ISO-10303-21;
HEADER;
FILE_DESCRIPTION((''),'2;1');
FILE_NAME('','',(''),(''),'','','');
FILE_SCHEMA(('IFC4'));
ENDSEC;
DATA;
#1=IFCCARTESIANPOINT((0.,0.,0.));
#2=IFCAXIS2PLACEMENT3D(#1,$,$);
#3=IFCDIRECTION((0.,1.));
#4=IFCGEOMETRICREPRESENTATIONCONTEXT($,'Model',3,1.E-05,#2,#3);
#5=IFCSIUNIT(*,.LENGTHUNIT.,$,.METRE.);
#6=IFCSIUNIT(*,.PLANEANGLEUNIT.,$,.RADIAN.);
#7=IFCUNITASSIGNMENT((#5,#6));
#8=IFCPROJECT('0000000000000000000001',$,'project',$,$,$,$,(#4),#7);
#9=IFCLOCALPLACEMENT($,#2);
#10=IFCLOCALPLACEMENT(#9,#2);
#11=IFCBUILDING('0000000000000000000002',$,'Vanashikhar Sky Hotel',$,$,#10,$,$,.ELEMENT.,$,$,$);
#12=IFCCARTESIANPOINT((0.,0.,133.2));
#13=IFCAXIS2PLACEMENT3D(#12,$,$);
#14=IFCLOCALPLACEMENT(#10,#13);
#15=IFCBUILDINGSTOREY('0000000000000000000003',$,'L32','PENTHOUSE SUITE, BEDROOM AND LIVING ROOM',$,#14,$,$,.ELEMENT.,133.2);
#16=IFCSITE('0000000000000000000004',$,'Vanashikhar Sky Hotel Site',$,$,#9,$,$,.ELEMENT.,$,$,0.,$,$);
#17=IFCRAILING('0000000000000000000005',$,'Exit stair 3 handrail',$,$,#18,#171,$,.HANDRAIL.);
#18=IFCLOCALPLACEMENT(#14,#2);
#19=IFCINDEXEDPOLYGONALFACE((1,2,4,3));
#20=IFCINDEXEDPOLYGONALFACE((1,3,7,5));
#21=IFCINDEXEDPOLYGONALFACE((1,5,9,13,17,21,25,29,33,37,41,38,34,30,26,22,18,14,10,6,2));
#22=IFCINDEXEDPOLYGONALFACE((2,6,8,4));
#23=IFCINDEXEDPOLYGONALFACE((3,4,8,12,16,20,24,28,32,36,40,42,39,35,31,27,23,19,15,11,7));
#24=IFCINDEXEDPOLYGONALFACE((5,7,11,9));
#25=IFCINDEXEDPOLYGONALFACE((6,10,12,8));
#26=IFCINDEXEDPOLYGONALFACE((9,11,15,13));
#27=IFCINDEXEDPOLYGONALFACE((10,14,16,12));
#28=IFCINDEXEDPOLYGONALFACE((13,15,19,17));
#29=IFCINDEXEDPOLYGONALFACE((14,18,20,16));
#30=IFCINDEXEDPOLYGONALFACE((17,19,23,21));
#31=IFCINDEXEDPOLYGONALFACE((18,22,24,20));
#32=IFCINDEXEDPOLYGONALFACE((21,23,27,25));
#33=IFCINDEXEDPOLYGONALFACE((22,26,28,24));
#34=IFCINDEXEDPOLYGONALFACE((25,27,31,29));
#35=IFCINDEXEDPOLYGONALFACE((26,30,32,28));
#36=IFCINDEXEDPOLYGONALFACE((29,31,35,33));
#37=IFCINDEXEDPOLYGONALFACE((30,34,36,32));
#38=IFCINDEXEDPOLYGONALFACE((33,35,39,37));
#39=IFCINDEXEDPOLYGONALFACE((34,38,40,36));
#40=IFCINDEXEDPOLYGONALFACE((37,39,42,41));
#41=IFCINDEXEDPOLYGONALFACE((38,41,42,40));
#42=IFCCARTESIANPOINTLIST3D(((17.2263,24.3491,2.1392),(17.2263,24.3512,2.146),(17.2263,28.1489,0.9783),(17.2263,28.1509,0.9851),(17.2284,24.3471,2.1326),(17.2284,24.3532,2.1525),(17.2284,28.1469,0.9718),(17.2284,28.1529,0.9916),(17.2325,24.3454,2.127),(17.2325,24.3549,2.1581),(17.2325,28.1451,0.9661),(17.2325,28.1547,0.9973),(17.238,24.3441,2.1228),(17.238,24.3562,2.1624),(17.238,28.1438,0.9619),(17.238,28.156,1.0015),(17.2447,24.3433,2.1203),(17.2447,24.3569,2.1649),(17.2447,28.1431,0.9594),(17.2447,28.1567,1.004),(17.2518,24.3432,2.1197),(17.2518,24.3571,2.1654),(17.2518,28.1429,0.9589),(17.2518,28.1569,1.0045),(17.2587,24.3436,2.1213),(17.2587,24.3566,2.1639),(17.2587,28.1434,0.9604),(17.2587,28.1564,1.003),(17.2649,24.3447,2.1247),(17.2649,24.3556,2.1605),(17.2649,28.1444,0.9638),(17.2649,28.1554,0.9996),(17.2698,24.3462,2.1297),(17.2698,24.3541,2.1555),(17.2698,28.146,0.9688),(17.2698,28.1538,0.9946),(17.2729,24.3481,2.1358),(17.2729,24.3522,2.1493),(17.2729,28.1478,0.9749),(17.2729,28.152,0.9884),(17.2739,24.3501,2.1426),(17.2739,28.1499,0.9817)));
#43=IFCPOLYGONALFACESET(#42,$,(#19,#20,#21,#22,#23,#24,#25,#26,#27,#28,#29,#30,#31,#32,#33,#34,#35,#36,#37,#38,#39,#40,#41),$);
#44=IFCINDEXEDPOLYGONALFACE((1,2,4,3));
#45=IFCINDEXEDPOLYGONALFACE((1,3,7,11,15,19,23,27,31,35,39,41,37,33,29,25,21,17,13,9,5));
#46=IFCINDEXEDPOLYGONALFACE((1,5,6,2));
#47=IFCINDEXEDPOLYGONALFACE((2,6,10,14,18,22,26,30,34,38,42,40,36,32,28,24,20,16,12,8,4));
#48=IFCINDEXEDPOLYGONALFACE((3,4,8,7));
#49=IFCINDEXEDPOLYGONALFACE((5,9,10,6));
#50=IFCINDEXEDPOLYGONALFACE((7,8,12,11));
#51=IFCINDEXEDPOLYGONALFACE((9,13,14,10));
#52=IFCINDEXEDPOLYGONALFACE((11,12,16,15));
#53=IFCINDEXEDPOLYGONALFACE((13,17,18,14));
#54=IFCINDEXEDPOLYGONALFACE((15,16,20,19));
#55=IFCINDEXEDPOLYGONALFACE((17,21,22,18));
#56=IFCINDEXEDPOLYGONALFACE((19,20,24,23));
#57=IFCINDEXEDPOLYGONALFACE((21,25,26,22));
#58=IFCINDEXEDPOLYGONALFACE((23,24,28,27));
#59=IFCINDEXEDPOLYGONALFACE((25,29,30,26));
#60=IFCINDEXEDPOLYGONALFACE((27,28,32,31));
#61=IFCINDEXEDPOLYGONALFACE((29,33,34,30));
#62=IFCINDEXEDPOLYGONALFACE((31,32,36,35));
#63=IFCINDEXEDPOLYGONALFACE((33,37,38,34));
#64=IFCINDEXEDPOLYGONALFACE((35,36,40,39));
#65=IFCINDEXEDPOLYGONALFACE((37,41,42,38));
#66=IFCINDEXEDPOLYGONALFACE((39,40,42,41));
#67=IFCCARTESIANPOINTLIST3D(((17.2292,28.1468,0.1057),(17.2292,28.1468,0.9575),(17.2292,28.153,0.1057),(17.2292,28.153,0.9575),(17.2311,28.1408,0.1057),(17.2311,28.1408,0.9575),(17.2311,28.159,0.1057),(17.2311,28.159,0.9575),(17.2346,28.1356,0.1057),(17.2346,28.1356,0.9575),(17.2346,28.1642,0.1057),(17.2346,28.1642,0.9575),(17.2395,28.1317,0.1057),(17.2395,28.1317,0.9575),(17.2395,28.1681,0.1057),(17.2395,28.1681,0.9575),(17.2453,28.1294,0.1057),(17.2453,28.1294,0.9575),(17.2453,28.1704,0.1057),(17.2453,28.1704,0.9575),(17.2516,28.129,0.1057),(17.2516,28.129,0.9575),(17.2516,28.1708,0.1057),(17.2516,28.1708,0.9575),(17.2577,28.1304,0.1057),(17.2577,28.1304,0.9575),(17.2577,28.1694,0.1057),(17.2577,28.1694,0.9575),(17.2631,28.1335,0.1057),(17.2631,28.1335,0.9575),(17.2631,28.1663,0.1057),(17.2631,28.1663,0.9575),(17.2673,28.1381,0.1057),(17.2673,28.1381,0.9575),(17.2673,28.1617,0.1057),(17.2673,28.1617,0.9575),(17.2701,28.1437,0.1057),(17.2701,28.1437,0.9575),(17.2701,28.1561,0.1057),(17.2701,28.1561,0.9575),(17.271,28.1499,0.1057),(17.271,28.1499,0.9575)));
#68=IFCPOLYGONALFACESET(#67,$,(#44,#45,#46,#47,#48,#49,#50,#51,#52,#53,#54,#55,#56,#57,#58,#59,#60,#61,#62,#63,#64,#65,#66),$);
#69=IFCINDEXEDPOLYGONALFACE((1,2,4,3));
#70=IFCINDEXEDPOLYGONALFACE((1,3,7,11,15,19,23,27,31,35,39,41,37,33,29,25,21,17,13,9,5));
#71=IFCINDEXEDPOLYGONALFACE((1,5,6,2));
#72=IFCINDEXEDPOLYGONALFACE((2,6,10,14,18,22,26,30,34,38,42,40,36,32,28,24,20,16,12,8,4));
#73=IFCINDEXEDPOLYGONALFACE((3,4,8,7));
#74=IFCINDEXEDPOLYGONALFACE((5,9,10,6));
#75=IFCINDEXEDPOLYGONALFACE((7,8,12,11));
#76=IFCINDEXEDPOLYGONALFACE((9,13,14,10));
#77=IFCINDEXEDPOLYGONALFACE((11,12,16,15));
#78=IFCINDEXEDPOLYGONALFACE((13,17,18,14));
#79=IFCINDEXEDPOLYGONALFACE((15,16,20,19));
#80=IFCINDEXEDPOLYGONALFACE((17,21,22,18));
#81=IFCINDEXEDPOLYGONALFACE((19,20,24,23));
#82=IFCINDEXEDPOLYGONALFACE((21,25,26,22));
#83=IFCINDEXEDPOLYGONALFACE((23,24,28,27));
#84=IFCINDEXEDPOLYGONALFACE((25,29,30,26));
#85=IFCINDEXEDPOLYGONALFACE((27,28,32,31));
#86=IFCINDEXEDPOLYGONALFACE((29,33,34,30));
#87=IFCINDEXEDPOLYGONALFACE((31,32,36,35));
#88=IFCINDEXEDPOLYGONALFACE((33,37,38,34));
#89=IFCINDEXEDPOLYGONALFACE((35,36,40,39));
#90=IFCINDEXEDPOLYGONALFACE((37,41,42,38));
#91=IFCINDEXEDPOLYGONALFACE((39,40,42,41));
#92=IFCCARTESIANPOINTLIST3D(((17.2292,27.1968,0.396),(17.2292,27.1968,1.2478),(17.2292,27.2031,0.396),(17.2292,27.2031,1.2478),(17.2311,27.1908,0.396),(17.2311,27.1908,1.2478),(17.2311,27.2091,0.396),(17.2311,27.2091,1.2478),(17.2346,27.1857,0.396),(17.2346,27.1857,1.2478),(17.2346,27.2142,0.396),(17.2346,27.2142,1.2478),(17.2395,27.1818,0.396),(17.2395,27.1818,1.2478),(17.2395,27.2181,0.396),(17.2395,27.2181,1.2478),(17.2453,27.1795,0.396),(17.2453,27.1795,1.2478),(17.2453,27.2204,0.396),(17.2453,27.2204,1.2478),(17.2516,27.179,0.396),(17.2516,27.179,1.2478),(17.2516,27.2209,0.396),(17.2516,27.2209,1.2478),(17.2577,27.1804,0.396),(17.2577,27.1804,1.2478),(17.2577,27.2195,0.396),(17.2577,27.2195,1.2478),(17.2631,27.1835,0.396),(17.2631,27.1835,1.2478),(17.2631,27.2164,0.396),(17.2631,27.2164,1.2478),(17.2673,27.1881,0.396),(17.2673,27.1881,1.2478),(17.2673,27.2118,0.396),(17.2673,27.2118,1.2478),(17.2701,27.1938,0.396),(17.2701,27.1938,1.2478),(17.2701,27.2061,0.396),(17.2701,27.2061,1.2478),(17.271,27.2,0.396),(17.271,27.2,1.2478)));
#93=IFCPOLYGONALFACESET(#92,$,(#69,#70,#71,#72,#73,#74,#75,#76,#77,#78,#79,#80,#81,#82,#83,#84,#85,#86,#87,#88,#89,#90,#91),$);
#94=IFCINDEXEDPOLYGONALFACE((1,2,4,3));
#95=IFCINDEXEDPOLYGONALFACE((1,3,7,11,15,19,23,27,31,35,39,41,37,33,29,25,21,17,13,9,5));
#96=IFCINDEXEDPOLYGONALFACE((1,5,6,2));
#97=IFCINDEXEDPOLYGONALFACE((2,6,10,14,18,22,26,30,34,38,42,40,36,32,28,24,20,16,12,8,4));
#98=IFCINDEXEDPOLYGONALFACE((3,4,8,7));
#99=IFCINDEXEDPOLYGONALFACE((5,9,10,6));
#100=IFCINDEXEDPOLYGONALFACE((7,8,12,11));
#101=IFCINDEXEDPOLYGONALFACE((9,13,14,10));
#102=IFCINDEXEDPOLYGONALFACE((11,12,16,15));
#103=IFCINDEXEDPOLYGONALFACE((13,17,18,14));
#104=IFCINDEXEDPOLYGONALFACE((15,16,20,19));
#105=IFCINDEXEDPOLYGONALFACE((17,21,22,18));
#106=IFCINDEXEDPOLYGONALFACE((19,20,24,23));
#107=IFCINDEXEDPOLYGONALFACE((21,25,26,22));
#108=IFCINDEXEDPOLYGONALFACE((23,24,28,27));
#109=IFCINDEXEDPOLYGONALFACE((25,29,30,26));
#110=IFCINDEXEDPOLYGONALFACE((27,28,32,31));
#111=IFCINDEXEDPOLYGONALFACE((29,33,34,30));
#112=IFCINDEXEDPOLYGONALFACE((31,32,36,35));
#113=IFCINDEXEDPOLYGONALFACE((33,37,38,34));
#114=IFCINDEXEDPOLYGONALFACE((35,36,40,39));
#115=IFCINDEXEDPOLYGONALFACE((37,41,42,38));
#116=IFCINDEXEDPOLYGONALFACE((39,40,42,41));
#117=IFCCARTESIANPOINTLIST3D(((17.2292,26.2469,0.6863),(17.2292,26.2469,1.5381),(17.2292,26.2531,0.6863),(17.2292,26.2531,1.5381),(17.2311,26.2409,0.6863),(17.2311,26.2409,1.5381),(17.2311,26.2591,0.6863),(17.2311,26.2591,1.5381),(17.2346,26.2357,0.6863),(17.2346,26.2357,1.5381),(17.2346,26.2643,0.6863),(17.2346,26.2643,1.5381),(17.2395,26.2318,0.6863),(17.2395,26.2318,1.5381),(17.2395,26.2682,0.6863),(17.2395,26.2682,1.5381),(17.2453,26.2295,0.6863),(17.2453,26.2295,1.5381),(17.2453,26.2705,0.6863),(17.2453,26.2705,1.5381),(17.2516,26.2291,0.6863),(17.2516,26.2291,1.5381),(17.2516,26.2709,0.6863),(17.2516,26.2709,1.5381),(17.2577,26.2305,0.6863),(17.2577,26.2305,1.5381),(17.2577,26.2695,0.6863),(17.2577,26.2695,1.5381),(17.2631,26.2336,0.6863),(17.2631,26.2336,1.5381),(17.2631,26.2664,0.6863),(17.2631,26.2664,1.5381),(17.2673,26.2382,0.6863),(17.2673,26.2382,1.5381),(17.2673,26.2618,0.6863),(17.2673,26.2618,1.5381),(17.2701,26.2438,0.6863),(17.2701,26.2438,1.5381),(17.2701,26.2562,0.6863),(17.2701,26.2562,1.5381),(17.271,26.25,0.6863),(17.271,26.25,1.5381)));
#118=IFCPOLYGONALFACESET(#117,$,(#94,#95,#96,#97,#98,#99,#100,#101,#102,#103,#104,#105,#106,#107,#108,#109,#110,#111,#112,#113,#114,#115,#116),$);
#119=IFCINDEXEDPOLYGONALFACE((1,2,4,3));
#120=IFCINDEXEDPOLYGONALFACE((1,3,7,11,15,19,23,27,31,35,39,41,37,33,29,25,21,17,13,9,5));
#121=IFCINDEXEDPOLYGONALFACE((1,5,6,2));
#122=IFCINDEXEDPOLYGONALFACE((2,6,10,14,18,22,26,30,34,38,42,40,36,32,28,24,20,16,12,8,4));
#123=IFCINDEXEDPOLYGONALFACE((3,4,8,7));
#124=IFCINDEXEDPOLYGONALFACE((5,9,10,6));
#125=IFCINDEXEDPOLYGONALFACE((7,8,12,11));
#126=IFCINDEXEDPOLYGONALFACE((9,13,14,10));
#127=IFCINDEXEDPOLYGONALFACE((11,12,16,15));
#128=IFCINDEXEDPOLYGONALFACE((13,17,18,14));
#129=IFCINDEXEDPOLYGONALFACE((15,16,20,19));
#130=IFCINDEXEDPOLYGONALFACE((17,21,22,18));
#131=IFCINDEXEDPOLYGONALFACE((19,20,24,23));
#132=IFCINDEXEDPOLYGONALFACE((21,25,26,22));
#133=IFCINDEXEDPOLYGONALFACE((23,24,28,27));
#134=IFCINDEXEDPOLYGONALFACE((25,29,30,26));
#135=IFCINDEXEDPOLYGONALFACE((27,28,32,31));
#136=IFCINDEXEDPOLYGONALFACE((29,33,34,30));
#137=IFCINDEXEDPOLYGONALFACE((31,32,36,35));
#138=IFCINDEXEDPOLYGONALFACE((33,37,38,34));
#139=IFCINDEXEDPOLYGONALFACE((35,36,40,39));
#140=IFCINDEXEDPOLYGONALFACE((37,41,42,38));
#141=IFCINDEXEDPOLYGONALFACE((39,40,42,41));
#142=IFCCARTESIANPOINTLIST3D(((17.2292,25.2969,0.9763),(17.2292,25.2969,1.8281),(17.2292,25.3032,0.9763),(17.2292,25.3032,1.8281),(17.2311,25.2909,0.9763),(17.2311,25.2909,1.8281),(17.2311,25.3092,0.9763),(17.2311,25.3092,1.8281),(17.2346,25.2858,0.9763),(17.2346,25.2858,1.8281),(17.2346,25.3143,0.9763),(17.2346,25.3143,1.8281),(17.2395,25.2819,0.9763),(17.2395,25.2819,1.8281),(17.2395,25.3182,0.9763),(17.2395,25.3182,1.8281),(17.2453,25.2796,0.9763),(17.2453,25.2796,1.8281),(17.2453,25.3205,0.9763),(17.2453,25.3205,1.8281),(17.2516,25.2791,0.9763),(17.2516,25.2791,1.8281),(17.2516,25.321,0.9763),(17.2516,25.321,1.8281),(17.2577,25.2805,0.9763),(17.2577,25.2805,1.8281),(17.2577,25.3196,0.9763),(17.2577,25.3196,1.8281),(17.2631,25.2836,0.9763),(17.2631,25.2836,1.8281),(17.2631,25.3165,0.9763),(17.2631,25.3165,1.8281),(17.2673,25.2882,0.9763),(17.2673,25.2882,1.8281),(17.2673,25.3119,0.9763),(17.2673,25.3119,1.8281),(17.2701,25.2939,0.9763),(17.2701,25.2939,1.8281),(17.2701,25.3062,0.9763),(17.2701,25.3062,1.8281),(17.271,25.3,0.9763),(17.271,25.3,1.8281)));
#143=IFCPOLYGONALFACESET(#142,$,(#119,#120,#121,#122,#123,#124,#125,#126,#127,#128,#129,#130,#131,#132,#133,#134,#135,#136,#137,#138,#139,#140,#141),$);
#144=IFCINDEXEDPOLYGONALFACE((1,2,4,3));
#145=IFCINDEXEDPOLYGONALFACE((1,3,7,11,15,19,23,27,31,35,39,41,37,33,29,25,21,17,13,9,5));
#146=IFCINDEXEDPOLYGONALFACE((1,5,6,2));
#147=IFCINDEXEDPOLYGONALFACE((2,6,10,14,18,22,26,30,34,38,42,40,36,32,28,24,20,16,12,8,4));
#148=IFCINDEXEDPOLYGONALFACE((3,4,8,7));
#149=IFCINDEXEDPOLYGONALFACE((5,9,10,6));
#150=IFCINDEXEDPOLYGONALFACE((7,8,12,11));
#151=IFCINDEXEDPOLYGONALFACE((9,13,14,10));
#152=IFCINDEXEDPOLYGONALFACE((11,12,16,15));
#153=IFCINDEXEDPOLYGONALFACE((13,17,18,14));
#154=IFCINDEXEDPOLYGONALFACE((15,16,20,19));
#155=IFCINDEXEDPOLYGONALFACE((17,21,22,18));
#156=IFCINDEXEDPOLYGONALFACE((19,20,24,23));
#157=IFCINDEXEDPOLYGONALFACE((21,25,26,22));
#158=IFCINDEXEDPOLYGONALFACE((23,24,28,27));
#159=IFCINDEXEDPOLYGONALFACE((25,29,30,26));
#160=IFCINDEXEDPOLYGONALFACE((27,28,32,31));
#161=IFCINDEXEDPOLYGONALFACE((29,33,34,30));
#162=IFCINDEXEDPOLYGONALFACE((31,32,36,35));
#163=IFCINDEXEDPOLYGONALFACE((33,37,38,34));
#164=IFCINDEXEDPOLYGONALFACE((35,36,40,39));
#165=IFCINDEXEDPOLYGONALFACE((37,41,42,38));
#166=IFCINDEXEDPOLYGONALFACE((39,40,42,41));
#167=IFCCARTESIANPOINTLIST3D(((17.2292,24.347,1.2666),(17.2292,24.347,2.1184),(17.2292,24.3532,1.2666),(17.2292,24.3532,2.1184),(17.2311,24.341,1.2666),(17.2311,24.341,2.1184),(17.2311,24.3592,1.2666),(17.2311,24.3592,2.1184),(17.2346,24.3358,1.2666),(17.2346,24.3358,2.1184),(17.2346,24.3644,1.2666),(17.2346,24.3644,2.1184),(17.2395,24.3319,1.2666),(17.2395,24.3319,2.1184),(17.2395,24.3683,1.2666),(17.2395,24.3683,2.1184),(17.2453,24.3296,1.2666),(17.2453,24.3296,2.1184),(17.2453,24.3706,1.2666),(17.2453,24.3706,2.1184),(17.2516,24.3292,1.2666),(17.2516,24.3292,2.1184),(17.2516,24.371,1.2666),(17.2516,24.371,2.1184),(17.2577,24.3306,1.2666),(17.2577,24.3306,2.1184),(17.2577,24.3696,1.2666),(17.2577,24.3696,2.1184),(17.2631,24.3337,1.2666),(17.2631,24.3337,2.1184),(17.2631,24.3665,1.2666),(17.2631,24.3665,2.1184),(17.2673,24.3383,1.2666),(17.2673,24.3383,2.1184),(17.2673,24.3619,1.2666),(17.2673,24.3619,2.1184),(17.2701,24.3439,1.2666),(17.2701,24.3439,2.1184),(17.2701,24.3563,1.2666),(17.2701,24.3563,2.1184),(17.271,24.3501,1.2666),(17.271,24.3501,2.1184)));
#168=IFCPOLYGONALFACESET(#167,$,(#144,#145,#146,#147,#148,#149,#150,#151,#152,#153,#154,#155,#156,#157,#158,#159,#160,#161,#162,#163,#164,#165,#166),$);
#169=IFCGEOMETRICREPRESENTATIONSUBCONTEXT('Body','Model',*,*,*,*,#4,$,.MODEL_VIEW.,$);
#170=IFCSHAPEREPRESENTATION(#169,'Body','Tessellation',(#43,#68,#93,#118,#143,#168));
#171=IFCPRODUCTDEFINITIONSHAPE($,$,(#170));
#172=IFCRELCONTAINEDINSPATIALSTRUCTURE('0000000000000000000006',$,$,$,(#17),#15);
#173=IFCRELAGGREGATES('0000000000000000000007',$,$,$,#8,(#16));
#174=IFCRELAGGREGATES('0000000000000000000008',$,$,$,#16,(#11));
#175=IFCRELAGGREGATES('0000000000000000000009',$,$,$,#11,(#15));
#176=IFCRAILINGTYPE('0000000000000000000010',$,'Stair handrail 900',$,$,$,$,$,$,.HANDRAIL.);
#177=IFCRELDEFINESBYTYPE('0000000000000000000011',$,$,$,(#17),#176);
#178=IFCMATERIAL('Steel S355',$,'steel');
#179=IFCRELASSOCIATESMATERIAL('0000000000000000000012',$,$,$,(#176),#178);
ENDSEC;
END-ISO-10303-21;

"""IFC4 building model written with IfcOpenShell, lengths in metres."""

from ifc_helpers import new_model, si_unit, direction, frame, origin, origin_2d, place, context, subcontext, project, spatial, circle, extrude, source, transform, mapped, material, type_object, element, save


model = new_model("IFC4")

# Units and contexts
model_context = context("Model", 3, precision=1e-05, world=origin(), true_north=direction((0.0, 1.0)))
body_context = subcontext(model_context, "Body", "Model", "MODEL_VIEW")
ifc_project = project(units=[si_unit("LENGTHUNIT", "METRE"), si_unit("PLANEANGLEUNIT", "RADIAN")], contexts=[model_context])

# Site, building, storey
site_placement = place(None, origin())
site = spatial("IfcSite", under=ifc_project, at=site_placement, Name="Vanashikhar Sky Hotel Site", CompositionType="ELEMENT", RefElevation=0.0)
building_placement = place(site_placement, origin())
building = spatial("IfcBuilding", under=site, at=building_placement, Name="Vanashikhar Sky Hotel", CompositionType="ELEMENT")
storey_placement = place(building_placement, frame((0.0, 0.0, 133.2)))
storey = spatial("IfcBuildingStorey", under=building, at=storey_placement, Name="L32", Description="PENTHOUSE SUITE, BEDROOM AND LIVING ROOM", CompositionType="ELEMENT", Elevation=133.2)

# Railing
ifc_material_1 = material(Name="Steel S355", Category="steel")
railing_type_1 = type_object("IfcRailingType", Name="Stair handrail 900", PredefinedType="HANDRAIL", material=ifc_material_1)
shared_shape_1 = source(origin(), body_context, "Body", "SweptSolid", [
    extrude(circle(Radius=0.0239, at=origin_2d()), frame((0.0, 0.0, 0.876), z_axis=(0.0, -0.956363, 0.292181), x_axis=(1.0, 0.0, 0.0)), (0.0, 0.0, 1.0), 3.9731),
    extrude(circle(Radius=0.021, at=origin_2d()), origin(), (0.0, 0.0, 1.0), 0.8518),
    extrude(circle(Radius=0.021, at=origin_2d()), frame((0.0, -0.95, 0.2903)), (0.0, 0.0, 1.0), 0.8518),
    extrude(circle(Radius=0.021, at=origin_2d()), frame((0.0, -1.8999, 0.5806)), (0.0, 0.0, 1.0), 0.8518),
    extrude(circle(Radius=0.021, at=origin_2d()), frame((0.0, -2.8499, 0.8706)), (0.0, 0.0, 1.0), 0.8518),
    extrude(circle(Radius=0.021, at=origin_2d()), frame((0.0, -3.7998, 1.1609)), (0.0, 0.0, 1.0), 0.8518),
])
railing_1_placement = place(storey_placement, frame((17.25, 28.1499, 0.1057)))
element("IfcRailing", 1, at=railing_1_placement, inside=storey, type_object=railing_type_1, Name="Exit stair 3 handrail", PredefinedType="HANDRAIL", context=body_context, shape_type="MappedRepresentation", body=[
    mapped(shared_shape_1, transform((0.0, 0.0, 0.0), scale=1.0)),
])

save(model, "model.ifc")
